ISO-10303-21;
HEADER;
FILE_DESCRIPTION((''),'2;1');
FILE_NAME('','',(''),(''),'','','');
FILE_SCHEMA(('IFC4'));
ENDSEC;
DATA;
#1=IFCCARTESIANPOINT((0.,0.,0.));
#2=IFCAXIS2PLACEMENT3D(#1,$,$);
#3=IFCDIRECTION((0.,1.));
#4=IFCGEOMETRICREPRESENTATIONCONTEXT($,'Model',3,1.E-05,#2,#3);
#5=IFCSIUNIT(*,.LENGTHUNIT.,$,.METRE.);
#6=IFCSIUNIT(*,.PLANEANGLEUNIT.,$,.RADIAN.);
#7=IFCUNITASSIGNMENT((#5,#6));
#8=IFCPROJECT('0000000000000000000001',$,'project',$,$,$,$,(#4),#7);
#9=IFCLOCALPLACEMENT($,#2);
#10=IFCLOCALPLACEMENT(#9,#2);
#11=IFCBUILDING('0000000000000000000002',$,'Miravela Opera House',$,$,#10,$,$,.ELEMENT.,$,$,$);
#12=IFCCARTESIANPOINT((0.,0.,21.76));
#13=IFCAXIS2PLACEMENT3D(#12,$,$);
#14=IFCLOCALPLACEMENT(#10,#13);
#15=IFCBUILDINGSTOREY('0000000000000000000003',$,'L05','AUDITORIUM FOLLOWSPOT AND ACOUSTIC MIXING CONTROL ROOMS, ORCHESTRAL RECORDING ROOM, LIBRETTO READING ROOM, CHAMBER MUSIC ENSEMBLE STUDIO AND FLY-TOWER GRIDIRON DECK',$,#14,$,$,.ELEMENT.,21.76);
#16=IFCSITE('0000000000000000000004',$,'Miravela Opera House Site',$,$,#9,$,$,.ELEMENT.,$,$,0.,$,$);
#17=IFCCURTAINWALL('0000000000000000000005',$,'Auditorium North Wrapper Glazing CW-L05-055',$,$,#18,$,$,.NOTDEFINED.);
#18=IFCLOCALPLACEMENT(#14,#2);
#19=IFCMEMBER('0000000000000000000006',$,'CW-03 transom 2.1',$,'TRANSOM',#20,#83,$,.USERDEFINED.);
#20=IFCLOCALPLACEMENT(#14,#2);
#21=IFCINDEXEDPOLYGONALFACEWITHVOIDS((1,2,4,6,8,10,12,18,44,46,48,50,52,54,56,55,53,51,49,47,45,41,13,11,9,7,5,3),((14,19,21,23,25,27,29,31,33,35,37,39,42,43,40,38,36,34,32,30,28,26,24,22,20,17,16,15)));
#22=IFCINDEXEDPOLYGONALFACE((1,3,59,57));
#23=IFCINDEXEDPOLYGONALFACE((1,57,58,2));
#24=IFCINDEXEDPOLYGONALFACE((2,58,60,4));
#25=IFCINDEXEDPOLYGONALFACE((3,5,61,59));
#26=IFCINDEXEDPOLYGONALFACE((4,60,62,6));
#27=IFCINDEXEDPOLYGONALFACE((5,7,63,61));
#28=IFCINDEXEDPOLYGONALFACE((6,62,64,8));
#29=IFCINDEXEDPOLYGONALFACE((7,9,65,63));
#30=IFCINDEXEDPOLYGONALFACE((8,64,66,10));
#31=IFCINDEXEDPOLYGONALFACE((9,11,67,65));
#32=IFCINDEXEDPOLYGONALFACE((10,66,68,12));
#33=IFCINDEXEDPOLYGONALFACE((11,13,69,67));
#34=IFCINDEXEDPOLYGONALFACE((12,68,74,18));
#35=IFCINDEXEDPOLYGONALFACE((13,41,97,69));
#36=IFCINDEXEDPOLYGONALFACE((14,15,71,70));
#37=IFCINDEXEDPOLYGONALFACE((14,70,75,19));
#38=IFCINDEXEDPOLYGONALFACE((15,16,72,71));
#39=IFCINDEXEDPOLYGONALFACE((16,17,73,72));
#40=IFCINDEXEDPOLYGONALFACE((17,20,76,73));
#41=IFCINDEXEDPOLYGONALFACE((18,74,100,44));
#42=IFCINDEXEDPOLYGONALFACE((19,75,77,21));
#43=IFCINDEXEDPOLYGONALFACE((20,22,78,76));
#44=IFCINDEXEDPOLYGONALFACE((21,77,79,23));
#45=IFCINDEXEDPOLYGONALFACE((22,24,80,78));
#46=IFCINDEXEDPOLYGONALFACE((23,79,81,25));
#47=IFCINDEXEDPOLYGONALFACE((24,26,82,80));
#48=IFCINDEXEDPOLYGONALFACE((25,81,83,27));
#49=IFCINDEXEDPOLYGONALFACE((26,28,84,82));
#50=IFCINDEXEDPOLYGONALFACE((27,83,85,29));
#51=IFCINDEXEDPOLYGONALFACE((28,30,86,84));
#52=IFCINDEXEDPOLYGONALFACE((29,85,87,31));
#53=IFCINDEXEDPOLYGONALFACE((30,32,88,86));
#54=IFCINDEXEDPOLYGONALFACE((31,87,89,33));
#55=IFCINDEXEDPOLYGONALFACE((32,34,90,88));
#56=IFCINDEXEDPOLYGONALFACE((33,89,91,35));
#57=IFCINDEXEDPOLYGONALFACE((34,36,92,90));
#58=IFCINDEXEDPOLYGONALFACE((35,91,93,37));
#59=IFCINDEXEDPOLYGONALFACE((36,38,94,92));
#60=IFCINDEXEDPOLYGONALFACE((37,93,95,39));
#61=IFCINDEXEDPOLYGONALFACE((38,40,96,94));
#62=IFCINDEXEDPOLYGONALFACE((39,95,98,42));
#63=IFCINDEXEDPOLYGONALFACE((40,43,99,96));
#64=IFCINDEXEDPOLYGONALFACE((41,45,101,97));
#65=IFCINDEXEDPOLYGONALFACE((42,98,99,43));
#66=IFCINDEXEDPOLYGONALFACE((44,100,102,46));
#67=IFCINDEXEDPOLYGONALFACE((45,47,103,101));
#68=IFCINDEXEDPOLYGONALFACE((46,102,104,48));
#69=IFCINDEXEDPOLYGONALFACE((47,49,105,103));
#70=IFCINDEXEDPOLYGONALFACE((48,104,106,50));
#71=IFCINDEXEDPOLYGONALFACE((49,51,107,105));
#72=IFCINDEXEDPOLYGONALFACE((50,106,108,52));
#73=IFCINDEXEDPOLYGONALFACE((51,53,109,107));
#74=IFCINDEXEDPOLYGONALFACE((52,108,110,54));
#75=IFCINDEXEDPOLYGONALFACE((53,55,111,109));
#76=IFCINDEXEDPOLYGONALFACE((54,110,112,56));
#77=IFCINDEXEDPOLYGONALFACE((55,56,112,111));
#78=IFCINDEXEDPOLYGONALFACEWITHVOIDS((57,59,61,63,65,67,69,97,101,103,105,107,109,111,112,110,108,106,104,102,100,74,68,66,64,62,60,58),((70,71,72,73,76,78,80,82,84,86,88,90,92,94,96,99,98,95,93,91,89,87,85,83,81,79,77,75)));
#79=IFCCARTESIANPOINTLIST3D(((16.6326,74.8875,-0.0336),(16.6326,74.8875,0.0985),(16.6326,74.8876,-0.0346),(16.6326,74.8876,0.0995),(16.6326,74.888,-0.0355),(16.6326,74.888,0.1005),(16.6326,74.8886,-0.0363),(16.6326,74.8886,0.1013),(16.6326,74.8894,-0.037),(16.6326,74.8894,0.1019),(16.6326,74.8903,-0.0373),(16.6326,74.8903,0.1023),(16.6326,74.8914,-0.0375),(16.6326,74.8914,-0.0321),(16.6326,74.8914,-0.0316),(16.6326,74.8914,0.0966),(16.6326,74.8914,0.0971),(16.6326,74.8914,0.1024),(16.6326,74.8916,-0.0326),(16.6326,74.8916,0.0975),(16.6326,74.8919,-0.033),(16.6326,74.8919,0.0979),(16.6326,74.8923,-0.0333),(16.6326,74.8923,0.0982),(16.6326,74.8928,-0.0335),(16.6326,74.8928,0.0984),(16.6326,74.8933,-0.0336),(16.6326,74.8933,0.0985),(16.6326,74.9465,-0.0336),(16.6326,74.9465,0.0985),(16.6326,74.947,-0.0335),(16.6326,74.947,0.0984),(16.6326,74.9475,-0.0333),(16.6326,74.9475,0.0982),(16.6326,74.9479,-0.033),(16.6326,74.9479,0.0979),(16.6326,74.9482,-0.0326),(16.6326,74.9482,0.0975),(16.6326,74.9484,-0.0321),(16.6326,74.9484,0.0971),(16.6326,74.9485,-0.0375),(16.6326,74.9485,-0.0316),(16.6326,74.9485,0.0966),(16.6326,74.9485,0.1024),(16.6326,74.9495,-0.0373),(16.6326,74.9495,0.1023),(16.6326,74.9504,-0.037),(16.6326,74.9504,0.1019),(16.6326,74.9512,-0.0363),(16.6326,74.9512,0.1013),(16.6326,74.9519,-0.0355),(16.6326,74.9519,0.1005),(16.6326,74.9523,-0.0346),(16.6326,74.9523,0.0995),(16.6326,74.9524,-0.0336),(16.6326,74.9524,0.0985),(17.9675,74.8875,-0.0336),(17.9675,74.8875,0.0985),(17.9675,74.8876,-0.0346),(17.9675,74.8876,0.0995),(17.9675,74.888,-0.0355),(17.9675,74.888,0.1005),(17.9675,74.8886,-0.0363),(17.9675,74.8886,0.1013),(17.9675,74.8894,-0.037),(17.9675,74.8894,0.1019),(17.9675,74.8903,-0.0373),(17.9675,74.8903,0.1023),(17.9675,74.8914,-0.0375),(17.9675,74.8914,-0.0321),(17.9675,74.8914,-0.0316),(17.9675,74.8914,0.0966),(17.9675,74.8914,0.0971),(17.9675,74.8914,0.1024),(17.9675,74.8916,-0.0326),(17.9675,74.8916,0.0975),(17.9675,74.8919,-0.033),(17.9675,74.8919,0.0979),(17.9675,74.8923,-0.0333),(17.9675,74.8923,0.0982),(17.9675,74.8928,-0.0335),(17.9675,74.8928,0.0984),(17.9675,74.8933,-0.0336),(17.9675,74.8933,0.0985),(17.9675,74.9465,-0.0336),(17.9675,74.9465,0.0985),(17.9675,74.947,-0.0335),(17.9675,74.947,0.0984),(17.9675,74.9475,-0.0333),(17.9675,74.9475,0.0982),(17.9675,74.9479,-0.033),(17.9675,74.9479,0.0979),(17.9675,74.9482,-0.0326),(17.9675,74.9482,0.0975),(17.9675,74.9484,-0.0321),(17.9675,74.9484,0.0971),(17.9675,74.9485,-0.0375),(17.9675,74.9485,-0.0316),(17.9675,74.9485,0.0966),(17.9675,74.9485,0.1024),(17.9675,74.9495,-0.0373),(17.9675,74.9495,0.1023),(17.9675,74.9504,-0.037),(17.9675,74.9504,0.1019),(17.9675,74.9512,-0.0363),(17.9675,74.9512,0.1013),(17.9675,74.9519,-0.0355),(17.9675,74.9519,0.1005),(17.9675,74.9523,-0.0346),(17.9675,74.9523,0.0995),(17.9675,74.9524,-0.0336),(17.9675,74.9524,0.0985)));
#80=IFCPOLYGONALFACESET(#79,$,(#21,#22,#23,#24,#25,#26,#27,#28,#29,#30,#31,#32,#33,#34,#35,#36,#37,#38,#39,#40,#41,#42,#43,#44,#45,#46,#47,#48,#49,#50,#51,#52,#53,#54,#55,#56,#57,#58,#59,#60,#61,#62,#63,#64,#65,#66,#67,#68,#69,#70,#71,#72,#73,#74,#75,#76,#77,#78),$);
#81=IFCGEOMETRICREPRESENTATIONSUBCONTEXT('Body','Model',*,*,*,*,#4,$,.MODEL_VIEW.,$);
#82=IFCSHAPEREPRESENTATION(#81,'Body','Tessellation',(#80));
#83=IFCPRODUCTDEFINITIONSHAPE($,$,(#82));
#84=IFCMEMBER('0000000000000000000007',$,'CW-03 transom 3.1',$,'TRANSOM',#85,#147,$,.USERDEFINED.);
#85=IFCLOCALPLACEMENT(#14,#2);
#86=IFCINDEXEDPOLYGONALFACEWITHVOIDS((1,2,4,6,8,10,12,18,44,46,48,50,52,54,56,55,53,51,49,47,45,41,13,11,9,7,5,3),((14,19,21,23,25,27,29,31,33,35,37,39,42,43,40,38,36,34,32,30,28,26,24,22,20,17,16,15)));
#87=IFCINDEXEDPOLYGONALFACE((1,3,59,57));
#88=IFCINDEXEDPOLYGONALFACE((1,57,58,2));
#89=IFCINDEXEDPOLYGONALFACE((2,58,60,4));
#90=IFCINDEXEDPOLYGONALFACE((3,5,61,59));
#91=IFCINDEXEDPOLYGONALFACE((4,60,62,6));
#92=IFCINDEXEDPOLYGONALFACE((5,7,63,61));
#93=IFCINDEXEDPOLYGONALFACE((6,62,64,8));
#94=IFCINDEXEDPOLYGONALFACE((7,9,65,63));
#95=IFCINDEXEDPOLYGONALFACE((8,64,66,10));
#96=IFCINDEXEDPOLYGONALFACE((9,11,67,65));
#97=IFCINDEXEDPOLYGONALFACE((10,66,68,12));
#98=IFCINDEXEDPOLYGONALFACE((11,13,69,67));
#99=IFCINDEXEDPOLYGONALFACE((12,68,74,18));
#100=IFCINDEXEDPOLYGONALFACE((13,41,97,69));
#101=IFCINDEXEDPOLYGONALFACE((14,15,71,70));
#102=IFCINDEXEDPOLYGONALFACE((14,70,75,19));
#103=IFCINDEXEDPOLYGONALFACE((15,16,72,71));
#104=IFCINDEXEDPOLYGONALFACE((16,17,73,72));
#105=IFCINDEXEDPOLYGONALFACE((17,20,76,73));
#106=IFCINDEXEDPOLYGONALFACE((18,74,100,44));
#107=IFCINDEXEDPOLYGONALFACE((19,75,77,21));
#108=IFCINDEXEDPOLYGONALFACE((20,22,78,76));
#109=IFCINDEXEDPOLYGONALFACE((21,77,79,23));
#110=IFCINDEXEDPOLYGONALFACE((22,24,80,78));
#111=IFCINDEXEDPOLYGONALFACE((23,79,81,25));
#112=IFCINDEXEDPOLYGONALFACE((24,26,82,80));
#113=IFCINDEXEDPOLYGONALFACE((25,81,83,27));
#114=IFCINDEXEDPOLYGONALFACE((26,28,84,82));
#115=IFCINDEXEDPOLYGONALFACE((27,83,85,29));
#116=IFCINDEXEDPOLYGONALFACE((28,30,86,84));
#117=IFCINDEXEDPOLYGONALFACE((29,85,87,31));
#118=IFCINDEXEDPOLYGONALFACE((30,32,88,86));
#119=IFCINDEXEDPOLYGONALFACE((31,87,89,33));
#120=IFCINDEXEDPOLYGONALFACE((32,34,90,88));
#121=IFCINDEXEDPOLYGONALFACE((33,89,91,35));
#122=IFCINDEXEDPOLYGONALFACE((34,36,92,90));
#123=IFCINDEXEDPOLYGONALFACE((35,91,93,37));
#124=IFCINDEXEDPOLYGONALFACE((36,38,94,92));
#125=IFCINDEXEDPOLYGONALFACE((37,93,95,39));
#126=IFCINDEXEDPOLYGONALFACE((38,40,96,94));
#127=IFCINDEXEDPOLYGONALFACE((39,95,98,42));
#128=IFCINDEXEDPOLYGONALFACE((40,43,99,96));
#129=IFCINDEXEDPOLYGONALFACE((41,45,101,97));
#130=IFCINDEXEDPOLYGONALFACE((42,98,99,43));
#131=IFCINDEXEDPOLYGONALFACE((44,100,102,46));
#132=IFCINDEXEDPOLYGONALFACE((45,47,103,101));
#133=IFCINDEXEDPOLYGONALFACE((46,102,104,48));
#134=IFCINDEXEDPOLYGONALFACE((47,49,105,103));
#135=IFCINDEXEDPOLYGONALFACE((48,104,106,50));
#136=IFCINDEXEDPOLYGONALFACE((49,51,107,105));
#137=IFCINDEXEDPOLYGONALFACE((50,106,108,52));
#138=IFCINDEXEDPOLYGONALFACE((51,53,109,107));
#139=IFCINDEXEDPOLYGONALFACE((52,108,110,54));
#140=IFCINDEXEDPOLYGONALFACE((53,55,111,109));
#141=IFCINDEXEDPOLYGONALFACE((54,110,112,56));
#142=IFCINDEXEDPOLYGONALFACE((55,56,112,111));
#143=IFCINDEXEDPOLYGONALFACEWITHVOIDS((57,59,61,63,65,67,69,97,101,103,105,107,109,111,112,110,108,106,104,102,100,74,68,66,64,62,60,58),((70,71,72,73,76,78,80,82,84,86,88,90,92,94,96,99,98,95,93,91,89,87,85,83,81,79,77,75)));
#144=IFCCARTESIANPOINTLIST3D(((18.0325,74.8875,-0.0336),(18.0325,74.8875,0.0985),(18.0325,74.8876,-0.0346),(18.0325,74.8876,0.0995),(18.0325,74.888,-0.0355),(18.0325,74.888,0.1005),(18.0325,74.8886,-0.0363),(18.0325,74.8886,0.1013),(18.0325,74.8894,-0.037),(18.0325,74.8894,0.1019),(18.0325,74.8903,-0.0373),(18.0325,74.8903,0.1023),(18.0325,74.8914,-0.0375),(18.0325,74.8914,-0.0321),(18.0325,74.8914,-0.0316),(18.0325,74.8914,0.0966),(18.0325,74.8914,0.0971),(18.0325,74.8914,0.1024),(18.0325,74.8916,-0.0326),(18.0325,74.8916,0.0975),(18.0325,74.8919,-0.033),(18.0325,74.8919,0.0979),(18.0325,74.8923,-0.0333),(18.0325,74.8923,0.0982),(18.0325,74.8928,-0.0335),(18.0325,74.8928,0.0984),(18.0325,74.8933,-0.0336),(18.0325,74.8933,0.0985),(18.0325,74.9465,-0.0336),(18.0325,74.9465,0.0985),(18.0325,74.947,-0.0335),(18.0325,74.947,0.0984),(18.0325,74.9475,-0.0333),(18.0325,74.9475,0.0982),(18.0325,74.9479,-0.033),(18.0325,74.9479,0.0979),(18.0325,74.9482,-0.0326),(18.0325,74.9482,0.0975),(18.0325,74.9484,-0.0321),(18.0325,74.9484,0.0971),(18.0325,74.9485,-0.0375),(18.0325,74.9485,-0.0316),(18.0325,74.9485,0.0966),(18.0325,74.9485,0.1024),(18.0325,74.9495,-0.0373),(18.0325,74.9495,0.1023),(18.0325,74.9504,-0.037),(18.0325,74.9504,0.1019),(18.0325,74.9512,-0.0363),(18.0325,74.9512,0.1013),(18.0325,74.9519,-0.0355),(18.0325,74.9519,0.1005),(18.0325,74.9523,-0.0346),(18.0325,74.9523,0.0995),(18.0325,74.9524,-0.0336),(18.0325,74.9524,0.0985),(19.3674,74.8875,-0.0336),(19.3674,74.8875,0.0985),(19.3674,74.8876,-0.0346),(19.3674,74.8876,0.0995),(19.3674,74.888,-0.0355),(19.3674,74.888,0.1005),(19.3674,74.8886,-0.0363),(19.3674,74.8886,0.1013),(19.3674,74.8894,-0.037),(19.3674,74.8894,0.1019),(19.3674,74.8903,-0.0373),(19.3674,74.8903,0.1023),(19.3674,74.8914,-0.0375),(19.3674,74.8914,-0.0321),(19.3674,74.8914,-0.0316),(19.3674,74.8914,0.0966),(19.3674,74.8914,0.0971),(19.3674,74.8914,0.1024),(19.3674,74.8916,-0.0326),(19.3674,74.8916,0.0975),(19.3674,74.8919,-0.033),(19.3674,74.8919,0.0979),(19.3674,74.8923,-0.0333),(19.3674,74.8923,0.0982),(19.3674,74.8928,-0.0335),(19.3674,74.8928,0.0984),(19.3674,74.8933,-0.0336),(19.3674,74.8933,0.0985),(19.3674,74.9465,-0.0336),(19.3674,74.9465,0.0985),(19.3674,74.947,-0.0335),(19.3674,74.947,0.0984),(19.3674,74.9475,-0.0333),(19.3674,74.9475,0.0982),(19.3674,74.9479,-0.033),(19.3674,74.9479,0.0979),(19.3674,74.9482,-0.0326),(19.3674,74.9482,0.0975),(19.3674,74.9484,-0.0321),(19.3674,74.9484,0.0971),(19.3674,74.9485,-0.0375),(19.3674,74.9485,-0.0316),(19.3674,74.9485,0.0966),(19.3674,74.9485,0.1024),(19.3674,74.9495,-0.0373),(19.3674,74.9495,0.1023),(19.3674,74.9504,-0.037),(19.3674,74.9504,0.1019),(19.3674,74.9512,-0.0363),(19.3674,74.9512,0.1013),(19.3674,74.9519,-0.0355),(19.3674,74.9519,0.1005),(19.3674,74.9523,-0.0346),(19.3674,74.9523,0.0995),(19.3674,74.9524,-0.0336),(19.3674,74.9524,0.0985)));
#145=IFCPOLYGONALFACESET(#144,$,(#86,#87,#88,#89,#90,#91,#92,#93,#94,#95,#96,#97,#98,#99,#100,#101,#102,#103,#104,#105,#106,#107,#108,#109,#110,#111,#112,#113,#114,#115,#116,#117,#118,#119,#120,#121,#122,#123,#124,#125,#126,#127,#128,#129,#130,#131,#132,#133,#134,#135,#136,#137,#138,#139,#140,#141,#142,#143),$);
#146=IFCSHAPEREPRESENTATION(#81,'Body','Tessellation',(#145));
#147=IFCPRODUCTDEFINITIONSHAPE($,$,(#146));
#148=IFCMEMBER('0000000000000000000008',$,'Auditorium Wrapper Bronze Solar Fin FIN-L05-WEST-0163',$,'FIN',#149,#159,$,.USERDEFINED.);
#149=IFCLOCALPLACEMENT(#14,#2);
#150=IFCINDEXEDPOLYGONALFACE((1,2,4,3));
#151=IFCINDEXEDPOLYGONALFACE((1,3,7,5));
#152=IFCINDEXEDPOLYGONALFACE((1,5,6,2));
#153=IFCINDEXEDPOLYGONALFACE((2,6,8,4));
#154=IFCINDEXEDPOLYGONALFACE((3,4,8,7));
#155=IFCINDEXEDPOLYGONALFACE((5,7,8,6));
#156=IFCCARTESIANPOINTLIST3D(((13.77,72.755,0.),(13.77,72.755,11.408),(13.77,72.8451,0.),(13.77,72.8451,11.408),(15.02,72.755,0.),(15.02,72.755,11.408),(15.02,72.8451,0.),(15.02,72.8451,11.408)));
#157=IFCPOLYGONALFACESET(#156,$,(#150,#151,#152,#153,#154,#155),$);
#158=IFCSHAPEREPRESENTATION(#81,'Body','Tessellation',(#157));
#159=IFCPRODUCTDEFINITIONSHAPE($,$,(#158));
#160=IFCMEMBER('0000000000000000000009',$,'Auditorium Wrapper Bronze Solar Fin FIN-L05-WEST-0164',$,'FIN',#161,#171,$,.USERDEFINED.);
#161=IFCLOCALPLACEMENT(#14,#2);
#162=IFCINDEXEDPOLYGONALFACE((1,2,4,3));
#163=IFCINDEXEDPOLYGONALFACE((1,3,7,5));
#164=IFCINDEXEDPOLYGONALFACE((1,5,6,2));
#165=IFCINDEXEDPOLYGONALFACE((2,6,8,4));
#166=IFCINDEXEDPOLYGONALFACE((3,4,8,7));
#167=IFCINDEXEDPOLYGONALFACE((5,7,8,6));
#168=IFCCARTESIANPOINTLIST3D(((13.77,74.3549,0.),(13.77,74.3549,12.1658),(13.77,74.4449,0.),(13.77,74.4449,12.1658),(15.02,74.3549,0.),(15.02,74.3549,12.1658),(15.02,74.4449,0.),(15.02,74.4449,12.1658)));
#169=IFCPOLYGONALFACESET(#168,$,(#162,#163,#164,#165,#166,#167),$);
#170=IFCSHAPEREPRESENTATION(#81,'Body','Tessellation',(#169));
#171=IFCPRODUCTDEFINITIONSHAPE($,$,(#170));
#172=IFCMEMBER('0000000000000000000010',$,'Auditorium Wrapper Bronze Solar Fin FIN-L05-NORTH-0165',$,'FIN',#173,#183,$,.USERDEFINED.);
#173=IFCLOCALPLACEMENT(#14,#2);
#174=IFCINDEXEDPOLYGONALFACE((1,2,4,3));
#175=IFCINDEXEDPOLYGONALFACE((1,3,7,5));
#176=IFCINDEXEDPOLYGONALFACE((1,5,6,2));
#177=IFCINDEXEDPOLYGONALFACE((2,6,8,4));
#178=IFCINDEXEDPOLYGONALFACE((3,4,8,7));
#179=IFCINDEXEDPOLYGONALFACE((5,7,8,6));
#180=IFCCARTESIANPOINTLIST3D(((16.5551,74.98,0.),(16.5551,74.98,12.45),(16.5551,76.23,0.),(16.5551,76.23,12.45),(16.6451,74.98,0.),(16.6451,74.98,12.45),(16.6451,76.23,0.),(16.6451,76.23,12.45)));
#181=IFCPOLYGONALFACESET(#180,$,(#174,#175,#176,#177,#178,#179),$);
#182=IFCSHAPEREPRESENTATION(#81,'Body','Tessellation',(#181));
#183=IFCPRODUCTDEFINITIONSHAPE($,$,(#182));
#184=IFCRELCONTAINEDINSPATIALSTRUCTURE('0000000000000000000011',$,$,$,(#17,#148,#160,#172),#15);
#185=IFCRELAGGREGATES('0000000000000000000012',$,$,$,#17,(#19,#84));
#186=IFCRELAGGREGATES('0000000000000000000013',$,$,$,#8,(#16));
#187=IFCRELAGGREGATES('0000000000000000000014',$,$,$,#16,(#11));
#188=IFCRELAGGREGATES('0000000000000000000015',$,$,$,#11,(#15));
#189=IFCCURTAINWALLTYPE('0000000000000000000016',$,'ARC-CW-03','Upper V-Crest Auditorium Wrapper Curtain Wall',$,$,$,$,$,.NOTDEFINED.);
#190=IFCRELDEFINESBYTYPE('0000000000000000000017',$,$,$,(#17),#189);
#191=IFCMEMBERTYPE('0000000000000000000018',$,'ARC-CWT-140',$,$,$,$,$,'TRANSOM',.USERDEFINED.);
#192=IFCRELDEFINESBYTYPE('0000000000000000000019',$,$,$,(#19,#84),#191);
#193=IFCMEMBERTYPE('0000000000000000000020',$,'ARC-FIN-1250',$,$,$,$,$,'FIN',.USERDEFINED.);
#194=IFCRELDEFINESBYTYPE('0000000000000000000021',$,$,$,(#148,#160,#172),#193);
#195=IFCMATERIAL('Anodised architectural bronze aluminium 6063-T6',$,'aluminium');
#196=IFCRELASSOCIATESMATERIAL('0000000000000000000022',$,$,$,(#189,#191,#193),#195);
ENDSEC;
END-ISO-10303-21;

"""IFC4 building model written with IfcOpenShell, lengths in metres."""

from ifc_helpers import new_model, si_unit, direction, frame, origin, origin_2d, place, context, subcontext, project, spatial, rectangle, hollow_rectangle, extrude, material, material_profile, profile_set, type_object, element, aggregate, save


model = new_model("IFC4")

# Units and contexts
model_context = context("Model", 3, precision=1e-05, world=origin(), true_north=direction((0.0, 1.0)))
body_context = subcontext(model_context, "Body", "Model", "MODEL_VIEW")
ifc_project = project(units=[si_unit("LENGTHUNIT", "METRE"), si_unit("PLANEANGLEUNIT", "RADIAN")], contexts=[model_context])

# Site, building, storey
site_placement = place(None, origin())
site = spatial("IfcSite", under=ifc_project, at=site_placement, Name="Miravela Opera House Site", CompositionType="ELEMENT", RefElevation=0.0)
building_placement = place(site_placement, origin())
building = spatial("IfcBuilding", under=site, at=building_placement, Name="Miravela Opera House", CompositionType="ELEMENT")
storey_placement = place(building_placement, frame((0.0, 0.0, 21.76)))
storey = spatial("IfcBuildingStorey", under=building, at=storey_placement, Name="L05", Description="AUDITORIUM FOLLOWSPOT AND ACOUSTIC MIXING CONTROL ROOMS, ORCHESTRAL RECORDING ROOM, LIBRETTO READING ROOM, CHAMBER MUSIC ENSEMBLE STUDIO AND FLY-TOWER GRIDIRON DECK", CompositionType="ELEMENT", Elevation=21.76)

# Curtain wall
ifc_material_1 = material(Name="Anodised architectural bronze aluminium 6063-T6", Category="aluminium")
curtain_wall_type = type_object("IfcCurtainWallType", Name="ARC-CW-03", Description="Upper V-Crest Auditorium Wrapper Curtain Wall", PredefinedType="NOTDEFINED", material=ifc_material_1)
curtain_wall_1_placement = place(storey_placement, origin())
curtain_wall_1 = element("IfcCurtainWall", 1, at=curtain_wall_1_placement, inside=storey, type_object=curtain_wall_type, Name="Auditorium North Wrapper Glazing CW-L05-055", PredefinedType="NOTDEFINED")

# Members
ifc_material_profile_1 = material_profile(ifc_material_1, hollow_rectangle(XDim=0.0649, YDim=0.1399, WallThickness=0.0039, InnerFilletRadius=0.002, OuterFilletRadius=0.0039, at=origin_2d()), Name="CWT-65X140")
ifc_profile_set_1 = profile_set([ifc_material_profile_1])
member_type_1 = type_object("IfcMemberType", Name="ARC-CWT-140", ElementType="TRANSOM", PredefinedType="USERDEFINED", material=ifc_profile_set_1)
member_1_placement = place(storey_placement, frame((16.6326, 74.9199, 0.0325), z_axis=(1.0, 0.0, 0.0), x_axis=(0.0, 1.0, 0.0)))
member_1 = element("IfcMember", 2, at=member_1_placement, type_object=member_type_1, Name="CW-03 transom 2.1", ObjectType="TRANSOM", PredefinedType="USERDEFINED", context=body_context, shape_type="SweptSolid", body=[
    extrude(hollow_rectangle(XDim=0.0649, YDim=0.1399, WallThickness=0.0039, InnerFilletRadius=0.002, OuterFilletRadius=0.0039, at=origin_2d()), origin(), (0.0, 0.0, 1.0), 1.335),
])
member_2_placement = place(storey_placement, frame((18.0325, 74.9199, 0.0325), z_axis=(1.0, 0.0, 0.0), x_axis=(0.0, 1.0, 0.0)))
member_2 = element("IfcMember", 3, at=member_2_placement, type_object=member_type_1, Name="CW-03 transom 3.1", ObjectType="TRANSOM", PredefinedType="USERDEFINED", context=body_context, shape_type="SweptSolid", body=[
    extrude(hollow_rectangle(XDim=0.0649, YDim=0.1399, WallThickness=0.0039, InnerFilletRadius=0.002, OuterFilletRadius=0.0039, at=origin_2d()), origin(), (0.0, 0.0, 1.0), 1.335),
])

# Members
ifc_material_profile_2 = material_profile(ifc_material_1, rectangle(XDim=0.0901, YDim=1.25, at=origin_2d()), Name="FIN-1250X90")
ifc_profile_set_2 = profile_set([ifc_material_profile_2])
member_type_2 = type_object("IfcMemberType", Name="ARC-FIN-1250", ElementType="FIN", PredefinedType="USERDEFINED", material=ifc_profile_set_2)
member_3_placement = place(storey_placement, frame((14.395, 72.8, 0.0), z_axis=(0.0, 0.0, 1.0), x_axis=(0.0, 1.0, 0.0)))
element("IfcMember", 4, at=member_3_placement, inside=storey, type_object=member_type_2, Name="Auditorium Wrapper Bronze Solar Fin FIN-L05-WEST-0163", ObjectType="FIN", PredefinedType="USERDEFINED", context=body_context, shape_type="SweptSolid", body=[
    extrude(rectangle(XDim=0.0901, YDim=1.25, at=origin_2d()), origin(), (0.0, 0.0, 1.0), 11.408),
])
member_4_placement = place(storey_placement, frame((14.395, 74.3999, 0.0), z_axis=(0.0, 0.0, 1.0), x_axis=(0.0, 1.0, 0.0)))
element("IfcMember", 5, at=member_4_placement, inside=storey, type_object=member_type_2, Name="Auditorium Wrapper Bronze Solar Fin FIN-L05-WEST-0164", ObjectType="FIN", PredefinedType="USERDEFINED", context=body_context, shape_type="SweptSolid", body=[
    extrude(rectangle(XDim=0.0901, YDim=1.25, at=origin_2d()), origin(), (0.0, 0.0, 1.0), 12.1658),
])
member_5_placement = place(storey_placement, frame((16.6001, 75.605, 0.0), z_axis=(0.0, 0.0, 1.0), x_axis=(1.0, 0.0, 0.0)))
element("IfcMember", 6, at=member_5_placement, inside=storey, type_object=member_type_2, Name="Auditorium Wrapper Bronze Solar Fin FIN-L05-NORTH-0165", ObjectType="FIN", PredefinedType="USERDEFINED", context=body_context, shape_type="SweptSolid", body=[
    extrude(rectangle(XDim=0.0901, YDim=1.25, at=origin_2d()), origin(), (0.0, 0.0, 1.0), 12.45),
])

aggregate(curtain_wall_1, [member_1, member_2])

save(model, "model.ifc")
